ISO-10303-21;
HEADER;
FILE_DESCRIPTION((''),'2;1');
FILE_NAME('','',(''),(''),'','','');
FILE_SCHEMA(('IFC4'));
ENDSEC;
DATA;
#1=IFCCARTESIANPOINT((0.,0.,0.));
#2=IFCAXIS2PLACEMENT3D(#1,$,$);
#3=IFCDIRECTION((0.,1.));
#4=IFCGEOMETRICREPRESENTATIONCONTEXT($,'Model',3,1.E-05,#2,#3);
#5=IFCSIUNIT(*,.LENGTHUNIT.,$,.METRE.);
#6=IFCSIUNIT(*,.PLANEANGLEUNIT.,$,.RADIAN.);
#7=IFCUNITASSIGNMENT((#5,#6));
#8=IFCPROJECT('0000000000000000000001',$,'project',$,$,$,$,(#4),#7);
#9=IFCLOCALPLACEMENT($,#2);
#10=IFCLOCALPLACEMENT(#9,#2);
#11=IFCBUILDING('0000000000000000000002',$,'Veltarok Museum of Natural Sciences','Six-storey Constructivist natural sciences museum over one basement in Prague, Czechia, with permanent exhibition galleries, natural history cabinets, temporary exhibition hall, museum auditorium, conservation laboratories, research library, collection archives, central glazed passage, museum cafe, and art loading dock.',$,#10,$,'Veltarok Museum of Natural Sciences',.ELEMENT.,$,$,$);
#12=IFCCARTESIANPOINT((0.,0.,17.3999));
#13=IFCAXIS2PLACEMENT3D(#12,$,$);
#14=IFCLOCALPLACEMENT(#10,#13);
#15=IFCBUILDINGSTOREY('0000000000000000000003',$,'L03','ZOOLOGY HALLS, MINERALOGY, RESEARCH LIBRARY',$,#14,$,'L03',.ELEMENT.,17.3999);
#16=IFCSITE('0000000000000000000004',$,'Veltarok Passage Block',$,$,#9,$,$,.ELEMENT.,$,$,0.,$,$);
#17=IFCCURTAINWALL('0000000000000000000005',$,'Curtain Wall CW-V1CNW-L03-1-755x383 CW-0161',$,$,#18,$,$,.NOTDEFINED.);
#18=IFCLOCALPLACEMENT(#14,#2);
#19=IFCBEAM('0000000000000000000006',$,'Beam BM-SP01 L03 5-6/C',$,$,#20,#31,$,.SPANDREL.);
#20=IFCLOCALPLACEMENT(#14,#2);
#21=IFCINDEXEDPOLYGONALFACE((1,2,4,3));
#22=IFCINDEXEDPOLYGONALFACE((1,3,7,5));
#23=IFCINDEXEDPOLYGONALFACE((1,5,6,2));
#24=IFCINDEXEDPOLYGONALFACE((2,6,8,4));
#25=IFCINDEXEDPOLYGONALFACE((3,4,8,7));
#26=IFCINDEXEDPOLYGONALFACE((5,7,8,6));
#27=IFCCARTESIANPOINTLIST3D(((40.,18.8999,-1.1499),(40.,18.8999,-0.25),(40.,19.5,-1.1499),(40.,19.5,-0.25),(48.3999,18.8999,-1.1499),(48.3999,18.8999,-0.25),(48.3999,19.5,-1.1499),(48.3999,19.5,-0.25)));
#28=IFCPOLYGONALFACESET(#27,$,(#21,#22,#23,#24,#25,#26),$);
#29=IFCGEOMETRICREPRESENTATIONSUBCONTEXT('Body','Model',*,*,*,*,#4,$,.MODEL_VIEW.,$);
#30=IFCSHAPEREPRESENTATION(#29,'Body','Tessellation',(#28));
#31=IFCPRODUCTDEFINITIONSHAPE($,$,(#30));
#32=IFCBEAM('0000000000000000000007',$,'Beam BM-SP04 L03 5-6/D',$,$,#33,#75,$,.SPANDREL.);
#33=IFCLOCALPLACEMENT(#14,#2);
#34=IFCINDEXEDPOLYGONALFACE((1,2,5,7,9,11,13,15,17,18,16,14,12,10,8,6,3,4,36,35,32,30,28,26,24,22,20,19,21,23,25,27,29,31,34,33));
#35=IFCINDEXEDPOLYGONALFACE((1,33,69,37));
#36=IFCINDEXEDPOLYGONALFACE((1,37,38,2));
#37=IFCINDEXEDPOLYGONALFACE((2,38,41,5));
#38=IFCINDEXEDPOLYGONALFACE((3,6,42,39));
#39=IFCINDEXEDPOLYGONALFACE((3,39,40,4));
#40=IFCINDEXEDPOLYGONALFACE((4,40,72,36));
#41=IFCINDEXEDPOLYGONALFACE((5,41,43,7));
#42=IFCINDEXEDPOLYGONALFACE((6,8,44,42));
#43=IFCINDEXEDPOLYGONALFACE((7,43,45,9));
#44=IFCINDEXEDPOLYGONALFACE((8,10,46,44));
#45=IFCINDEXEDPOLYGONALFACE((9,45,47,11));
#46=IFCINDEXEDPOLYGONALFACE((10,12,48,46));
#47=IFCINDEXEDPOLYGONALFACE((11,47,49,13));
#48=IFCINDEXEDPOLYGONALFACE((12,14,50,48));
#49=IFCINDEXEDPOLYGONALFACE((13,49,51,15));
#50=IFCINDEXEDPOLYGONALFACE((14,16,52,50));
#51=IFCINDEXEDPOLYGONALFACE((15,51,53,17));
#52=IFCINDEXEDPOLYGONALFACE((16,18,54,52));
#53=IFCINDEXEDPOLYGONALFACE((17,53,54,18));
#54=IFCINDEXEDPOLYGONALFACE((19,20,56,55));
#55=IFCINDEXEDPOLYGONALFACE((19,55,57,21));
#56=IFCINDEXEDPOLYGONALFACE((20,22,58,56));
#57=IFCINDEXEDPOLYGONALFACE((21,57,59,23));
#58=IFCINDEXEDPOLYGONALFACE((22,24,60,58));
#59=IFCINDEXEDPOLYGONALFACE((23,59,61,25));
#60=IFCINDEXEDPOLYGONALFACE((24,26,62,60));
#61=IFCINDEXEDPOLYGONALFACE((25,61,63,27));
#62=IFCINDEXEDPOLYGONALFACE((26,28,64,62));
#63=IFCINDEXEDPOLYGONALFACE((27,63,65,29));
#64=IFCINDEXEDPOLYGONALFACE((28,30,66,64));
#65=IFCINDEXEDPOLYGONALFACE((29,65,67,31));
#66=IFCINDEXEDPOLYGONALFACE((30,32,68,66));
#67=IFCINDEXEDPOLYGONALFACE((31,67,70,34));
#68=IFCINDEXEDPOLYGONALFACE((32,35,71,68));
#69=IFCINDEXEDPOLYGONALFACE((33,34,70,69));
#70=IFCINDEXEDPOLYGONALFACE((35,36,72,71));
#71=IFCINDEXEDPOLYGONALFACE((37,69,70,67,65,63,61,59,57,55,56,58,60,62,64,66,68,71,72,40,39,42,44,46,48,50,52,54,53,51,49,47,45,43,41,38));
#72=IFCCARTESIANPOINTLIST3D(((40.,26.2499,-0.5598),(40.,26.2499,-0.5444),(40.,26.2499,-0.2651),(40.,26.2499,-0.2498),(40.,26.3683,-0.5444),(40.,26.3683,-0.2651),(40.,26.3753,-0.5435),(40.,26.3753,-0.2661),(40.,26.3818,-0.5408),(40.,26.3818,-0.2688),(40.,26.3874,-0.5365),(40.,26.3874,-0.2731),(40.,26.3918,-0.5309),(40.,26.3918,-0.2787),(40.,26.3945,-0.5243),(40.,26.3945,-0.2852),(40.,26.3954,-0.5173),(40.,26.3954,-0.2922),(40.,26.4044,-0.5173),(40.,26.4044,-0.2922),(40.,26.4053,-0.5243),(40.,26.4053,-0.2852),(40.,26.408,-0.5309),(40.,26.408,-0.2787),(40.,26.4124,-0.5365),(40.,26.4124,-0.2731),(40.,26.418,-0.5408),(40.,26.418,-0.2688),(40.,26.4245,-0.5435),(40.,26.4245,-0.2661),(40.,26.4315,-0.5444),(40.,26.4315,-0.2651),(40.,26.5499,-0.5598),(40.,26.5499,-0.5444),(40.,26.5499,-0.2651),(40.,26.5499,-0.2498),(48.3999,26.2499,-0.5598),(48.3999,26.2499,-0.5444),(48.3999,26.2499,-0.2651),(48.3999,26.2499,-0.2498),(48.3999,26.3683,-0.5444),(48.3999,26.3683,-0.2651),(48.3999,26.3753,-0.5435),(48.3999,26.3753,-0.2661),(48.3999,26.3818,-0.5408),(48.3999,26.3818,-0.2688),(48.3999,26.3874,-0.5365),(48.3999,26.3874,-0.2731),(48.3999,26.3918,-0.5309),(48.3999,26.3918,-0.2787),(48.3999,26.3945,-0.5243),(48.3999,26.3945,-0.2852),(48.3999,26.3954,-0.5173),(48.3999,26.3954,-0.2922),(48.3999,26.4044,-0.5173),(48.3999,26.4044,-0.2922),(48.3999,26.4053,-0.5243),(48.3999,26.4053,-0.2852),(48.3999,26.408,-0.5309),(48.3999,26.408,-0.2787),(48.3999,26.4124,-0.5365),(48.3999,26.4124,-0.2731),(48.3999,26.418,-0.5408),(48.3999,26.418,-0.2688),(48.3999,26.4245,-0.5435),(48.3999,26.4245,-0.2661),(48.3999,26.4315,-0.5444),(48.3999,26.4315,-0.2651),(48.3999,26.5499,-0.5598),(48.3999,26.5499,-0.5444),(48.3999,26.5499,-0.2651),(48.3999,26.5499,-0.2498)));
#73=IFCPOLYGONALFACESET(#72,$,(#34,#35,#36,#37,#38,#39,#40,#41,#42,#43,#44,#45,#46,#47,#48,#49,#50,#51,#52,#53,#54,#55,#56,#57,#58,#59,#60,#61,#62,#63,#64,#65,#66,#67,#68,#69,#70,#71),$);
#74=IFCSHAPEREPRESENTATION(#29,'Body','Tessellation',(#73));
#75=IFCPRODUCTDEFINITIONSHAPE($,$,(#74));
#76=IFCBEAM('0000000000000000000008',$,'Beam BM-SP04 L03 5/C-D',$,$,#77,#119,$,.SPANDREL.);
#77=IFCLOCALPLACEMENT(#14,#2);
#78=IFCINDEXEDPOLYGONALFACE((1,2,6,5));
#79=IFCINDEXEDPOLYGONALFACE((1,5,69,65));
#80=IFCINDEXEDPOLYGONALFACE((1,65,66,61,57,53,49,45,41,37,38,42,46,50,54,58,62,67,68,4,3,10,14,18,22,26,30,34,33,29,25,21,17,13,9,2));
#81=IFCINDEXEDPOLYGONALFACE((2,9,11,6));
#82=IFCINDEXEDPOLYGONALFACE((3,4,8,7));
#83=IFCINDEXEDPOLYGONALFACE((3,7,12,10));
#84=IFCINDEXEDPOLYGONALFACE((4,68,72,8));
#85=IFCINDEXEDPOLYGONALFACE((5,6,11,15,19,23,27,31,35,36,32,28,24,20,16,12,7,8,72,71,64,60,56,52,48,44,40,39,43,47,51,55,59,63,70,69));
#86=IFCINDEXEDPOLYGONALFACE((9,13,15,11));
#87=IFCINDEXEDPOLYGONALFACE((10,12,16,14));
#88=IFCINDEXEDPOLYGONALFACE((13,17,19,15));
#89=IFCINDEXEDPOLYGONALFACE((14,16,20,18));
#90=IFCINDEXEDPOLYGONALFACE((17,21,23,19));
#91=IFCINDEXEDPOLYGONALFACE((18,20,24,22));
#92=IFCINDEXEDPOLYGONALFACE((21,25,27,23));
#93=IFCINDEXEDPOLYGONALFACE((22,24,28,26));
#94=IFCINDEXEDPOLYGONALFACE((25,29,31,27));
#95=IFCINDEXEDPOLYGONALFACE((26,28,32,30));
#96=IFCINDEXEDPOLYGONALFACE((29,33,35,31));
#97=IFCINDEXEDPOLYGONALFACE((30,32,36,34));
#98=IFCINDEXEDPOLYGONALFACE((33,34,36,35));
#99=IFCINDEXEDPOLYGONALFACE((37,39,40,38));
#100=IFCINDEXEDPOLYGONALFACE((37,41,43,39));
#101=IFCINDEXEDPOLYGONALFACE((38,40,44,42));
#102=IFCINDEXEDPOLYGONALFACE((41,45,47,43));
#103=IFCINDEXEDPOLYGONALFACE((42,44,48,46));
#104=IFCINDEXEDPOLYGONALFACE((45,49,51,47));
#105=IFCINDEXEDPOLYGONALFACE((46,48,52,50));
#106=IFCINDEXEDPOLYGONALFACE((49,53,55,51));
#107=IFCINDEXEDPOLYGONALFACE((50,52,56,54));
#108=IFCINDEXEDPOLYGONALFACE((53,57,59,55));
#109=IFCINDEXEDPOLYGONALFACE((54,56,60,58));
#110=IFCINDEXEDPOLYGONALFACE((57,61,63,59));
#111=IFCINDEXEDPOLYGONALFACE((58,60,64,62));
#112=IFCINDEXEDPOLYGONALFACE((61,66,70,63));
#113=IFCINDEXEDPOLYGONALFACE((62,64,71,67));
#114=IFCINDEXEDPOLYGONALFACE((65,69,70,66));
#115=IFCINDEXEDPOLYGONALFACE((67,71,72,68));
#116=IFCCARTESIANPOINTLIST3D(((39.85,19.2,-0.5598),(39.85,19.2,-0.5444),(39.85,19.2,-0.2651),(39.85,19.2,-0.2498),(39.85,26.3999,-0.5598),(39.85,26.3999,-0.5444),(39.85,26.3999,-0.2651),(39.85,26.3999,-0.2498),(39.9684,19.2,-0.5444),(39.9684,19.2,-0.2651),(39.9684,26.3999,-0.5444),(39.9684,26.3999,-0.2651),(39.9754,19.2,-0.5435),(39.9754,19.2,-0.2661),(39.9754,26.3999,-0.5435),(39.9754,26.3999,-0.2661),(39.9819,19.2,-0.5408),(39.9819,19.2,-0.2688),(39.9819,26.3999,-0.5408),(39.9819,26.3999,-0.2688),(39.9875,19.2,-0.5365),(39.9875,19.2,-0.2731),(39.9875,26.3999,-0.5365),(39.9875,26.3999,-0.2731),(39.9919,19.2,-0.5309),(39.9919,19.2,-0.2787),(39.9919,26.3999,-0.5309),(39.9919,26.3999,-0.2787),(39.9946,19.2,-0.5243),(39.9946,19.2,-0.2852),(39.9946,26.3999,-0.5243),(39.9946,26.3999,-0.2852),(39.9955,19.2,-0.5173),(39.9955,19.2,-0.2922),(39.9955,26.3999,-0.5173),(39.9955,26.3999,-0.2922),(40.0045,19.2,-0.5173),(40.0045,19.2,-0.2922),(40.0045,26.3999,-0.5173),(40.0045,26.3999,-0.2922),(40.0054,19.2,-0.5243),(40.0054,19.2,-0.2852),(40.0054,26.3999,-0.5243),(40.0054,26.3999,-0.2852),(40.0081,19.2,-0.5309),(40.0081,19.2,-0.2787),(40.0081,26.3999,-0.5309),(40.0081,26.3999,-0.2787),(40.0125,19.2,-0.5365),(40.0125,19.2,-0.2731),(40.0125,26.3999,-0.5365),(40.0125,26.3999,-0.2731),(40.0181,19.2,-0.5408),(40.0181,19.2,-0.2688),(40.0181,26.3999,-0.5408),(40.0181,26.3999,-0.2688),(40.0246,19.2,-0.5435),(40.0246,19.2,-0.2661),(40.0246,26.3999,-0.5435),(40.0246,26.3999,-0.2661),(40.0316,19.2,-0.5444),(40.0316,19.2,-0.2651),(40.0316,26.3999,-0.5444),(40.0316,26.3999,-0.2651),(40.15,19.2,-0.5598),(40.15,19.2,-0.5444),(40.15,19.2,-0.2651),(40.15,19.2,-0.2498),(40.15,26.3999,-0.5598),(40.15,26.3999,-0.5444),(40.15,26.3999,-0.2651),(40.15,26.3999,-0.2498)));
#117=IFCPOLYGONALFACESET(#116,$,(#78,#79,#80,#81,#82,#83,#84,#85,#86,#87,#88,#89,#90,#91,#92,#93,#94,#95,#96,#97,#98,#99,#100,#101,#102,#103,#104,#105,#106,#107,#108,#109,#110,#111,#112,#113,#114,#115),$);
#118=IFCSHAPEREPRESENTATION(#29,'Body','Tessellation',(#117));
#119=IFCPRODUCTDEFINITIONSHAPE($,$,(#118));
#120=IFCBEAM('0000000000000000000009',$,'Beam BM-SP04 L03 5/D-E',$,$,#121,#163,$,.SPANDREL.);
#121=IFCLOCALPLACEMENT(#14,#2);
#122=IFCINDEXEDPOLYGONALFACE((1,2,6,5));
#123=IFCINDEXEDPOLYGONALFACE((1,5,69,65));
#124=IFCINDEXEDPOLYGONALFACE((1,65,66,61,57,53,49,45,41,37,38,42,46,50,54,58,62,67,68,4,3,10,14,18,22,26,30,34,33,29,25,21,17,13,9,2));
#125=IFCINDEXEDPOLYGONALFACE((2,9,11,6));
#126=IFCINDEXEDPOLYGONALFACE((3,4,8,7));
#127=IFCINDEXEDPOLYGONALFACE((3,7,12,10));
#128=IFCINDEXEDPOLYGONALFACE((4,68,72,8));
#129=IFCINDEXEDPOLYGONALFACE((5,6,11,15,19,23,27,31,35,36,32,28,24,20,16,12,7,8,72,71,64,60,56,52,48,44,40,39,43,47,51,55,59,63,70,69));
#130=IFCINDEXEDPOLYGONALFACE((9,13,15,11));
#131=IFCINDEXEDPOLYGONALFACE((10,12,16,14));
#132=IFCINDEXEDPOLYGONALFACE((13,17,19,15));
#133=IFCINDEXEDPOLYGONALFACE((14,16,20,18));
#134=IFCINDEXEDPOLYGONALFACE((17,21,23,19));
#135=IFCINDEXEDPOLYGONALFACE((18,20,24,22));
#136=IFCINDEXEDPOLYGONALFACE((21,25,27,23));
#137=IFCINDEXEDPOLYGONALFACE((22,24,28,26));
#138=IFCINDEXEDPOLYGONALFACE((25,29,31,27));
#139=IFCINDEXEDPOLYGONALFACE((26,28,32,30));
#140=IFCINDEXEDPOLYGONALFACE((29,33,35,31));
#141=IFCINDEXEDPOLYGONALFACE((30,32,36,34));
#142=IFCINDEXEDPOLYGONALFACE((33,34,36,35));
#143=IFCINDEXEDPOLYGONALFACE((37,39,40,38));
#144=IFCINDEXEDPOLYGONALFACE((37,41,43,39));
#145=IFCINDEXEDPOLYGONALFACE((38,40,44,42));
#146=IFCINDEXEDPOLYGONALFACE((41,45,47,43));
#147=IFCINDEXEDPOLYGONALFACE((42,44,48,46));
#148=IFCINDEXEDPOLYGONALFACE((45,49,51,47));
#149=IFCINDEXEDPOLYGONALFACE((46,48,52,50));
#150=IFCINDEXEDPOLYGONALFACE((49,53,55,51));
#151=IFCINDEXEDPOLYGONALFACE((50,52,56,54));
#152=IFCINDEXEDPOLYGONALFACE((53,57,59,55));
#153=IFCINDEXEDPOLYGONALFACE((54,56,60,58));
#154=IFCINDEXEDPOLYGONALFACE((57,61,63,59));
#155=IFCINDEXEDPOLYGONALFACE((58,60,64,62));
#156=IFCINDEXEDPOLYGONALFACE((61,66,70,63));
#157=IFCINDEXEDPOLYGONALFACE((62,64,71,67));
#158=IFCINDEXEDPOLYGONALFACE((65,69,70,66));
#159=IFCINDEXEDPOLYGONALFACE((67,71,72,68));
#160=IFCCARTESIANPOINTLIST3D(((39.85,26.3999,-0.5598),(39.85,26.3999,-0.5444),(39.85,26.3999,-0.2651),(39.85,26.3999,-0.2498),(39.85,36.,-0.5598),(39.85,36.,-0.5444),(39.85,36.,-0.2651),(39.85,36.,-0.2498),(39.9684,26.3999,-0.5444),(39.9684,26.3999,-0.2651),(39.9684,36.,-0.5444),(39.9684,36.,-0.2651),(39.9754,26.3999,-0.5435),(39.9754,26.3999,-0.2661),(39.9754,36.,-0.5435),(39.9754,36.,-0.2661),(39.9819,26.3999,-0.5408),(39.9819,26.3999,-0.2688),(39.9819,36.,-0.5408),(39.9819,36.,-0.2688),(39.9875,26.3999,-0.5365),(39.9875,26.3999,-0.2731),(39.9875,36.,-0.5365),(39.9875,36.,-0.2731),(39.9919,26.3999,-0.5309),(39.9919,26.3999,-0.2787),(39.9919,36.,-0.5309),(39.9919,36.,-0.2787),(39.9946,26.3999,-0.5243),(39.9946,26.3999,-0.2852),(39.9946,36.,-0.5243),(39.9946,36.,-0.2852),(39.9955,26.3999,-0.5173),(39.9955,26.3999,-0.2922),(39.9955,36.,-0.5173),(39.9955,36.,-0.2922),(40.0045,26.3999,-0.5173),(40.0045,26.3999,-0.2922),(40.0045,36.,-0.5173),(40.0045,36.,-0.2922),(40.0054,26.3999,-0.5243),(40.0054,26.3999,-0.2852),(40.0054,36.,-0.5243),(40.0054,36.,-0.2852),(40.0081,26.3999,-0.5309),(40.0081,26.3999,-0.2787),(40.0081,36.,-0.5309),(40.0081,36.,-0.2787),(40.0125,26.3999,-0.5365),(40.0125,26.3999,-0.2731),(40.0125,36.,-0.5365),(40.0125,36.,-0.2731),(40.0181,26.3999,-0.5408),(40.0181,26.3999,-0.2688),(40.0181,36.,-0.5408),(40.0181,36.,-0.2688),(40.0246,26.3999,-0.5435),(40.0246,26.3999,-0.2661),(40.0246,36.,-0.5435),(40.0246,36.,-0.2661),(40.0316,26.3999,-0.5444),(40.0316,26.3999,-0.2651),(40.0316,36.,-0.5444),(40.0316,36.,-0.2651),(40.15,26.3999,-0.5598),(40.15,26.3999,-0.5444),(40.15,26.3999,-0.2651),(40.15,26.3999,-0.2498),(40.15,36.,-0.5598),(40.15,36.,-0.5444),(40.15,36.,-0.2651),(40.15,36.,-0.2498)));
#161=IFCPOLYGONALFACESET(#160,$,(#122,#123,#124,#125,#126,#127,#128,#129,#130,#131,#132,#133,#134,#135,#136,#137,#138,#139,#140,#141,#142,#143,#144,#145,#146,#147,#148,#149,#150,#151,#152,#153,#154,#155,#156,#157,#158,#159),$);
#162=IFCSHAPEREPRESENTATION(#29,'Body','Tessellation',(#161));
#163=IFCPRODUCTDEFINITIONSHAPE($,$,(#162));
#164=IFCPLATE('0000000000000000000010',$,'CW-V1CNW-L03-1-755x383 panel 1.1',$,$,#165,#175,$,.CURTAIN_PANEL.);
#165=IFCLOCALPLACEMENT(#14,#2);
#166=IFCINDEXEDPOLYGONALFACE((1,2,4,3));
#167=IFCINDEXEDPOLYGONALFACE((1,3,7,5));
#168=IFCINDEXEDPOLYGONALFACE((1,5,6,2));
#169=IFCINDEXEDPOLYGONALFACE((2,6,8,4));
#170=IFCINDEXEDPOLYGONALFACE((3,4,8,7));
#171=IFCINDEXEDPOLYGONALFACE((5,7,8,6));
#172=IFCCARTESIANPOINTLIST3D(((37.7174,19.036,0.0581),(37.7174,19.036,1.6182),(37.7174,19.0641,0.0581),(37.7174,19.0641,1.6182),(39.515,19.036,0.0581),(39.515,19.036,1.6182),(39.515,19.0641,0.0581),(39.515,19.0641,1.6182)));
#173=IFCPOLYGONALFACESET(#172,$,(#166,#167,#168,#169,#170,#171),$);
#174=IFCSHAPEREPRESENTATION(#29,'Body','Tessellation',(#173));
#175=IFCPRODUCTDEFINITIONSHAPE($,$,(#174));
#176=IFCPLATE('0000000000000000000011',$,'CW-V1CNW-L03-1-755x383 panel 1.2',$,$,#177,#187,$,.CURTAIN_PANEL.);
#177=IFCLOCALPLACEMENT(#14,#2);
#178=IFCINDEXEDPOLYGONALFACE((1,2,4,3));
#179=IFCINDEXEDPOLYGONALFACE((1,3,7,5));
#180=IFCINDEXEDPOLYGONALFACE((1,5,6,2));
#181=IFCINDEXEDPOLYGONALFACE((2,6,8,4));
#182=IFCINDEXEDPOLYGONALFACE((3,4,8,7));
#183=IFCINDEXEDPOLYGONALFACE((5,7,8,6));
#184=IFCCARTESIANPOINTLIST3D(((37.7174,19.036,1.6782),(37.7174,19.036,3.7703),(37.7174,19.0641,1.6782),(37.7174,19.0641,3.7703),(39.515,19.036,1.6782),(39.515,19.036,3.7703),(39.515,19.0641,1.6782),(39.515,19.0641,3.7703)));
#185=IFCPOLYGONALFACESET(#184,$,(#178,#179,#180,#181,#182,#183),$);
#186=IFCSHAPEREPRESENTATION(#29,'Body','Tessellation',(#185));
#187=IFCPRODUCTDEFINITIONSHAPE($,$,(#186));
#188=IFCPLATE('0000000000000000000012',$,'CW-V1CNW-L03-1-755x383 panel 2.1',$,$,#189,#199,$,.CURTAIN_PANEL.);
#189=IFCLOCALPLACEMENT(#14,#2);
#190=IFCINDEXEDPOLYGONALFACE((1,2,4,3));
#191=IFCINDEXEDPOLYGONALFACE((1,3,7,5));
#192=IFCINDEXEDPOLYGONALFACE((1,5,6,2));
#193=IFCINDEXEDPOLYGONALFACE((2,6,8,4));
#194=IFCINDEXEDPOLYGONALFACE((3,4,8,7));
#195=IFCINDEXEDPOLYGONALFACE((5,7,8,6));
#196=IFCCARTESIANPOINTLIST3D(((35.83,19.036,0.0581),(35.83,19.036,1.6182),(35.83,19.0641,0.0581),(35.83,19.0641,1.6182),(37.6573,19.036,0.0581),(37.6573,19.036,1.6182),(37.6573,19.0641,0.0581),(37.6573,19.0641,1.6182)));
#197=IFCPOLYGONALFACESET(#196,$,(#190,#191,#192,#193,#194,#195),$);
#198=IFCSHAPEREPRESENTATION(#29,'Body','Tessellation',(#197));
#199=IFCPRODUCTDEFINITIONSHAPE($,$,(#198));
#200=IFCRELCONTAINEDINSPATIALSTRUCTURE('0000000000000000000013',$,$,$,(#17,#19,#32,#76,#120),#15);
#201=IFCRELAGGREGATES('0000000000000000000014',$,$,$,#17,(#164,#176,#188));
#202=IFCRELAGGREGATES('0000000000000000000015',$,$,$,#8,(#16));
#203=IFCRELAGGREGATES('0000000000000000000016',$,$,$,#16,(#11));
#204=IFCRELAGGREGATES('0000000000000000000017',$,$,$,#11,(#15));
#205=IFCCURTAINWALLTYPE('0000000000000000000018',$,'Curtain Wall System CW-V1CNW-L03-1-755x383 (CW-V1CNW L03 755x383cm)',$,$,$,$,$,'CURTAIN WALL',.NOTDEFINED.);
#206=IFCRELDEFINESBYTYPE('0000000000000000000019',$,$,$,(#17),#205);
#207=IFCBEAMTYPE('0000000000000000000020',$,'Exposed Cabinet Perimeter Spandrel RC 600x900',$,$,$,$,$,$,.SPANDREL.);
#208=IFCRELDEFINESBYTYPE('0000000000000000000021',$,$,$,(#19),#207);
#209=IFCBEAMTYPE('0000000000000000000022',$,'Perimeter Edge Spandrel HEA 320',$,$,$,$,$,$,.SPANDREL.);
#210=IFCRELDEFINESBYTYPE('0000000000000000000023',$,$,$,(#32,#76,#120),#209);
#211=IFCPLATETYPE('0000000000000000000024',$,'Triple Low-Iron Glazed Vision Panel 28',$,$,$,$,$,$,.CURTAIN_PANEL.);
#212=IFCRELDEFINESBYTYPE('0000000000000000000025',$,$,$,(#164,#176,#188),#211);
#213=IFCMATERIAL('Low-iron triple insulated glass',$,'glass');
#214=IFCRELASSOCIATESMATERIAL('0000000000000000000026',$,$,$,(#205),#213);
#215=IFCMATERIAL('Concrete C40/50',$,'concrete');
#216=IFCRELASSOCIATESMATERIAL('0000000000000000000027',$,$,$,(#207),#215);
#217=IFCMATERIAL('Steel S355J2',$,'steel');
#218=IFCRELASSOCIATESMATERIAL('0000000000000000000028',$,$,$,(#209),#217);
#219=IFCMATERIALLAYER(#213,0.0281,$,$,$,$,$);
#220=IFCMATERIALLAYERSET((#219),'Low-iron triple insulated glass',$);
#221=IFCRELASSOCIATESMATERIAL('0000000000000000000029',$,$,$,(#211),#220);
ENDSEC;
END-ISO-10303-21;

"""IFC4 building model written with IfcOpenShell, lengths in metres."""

from ifc_helpers import new_model, si_unit, direction, frame, origin, origin_2d, place, context, subcontext, project, spatial, rectangle, i_section, extrude, material, layer, layer_set, material_profile, profile_set, type_object, element, aggregate, save


model = new_model("IFC4")

# Units and contexts
model_context = context("Model", 3, precision=1e-05, world=origin(), true_north=direction((0.0, 1.0)))
body_context = subcontext(model_context, "Body", "Model", "MODEL_VIEW")
ifc_project = project(units=[si_unit("LENGTHUNIT", "METRE"), si_unit("PLANEANGLEUNIT", "RADIAN")], contexts=[model_context])

# Site, building, storey
site_placement = place(None, origin())
site = spatial("IfcSite", under=ifc_project, at=site_placement, Name="Veltarok Passage Block", CompositionType="ELEMENT", RefElevation=0.0)
building_placement = place(site_placement, origin())
building = spatial("IfcBuilding", under=site, at=building_placement, Name="Veltarok Museum of Natural Sciences", Description="Six-storey Constructivist natural sciences museum over one basement in Prague, Czechia, with permanent exhibition galleries, natural history cabinets, temporary exhibition hall, museum auditorium, conservation laboratories, research library, collection archives, central glazed passage, museum cafe, and art loading dock.", LongName="Veltarok Museum of Natural Sciences", CompositionType="ELEMENT")
storey_placement = place(building_placement, frame((0.0, 0.0, 17.3999)))
storey = spatial("IfcBuildingStorey", under=building, at=storey_placement, Name="L03", Description="ZOOLOGY HALLS, MINERALOGY, RESEARCH LIBRARY", LongName="L03", CompositionType="ELEMENT", Elevation=17.3999)

# Shared definitions
ifc_material_1 = material(Name="Concrete C40/50", Category="concrete")
ifc_material_2 = material(Name="Steel S355J2", Category="steel")

# Shared definitions
ifc_material_3 = material(Name="Low-iron triple insulated glass", Category="glass")

# Curtain wall
curtain_wall_type_1 = type_object("IfcCurtainWallType", Name="Curtain Wall System CW-V1CNW-L03-1-755x383 (CW-V1CNW L03 755x383cm)", ElementType="CURTAIN WALL", PredefinedType="NOTDEFINED", material=ifc_material_3)
curtain_wall_1_placement = place(storey_placement, origin())
curtain_wall_1 = element("IfcCurtainWall", 1, at=curtain_wall_1_placement, inside=storey, type_object=curtain_wall_type_1, Name="Curtain Wall CW-V1CNW-L03-1-755x383 CW-0161", PredefinedType="NOTDEFINED")

# Beams
ifc_material_profile_1 = material_profile(ifc_material_1, rectangle(XDim=0.6001, YDim=0.8999, at=origin_2d()), Name="RC 600x900")
ifc_profile_set_1 = profile_set([ifc_material_profile_1], Name="Concrete C40/50")
beam_type_1 = type_object("IfcBeamType", Name="Exposed Cabinet Perimeter Spandrel RC 600x900", PredefinedType="SPANDREL", material=ifc_profile_set_1)
beam_1_placement = place(storey_placement, frame((40.0, 19.2, -0.7), z_axis=(1.0, 0.0, 0.0), x_axis=(0.0, 1.0, 0.0)))
element("IfcBeam", 2, at=beam_1_placement, inside=storey, type_object=beam_type_1, Name="Beam BM-SP01 L03 5-6/C", PredefinedType="SPANDREL", context=body_context, shape_type="SweptSolid", body=[
    extrude(rectangle(XDim=0.6001, YDim=0.8999, at=origin_2d()), origin(), (0.0, 0.0, 1.0), 8.3999),
])
ifc_material_profile_2 = material_profile(ifc_material_2, i_section(OverallWidth=0.3, OverallDepth=0.3101, WebThickness=0.009, FlangeThickness=0.0154, FilletRadius=0.0271, at=origin_2d()), Name="HEA 320")
ifc_profile_set_2 = profile_set([ifc_material_profile_2], Name="Steel S355J2")
beam_type_2 = type_object("IfcBeamType", Name="Perimeter Edge Spandrel HEA 320", PredefinedType="SPANDREL", material=ifc_profile_set_2)
beam_2_placement = place(storey_placement, frame((40.0, 26.3999, -0.4048), z_axis=(1.0, 0.0, 0.0), x_axis=(0.0, 1.0, 0.0)))
element("IfcBeam", 3, at=beam_2_placement, inside=storey, type_object=beam_type_2, Name="Beam BM-SP04 L03 5-6/D", PredefinedType="SPANDREL", context=body_context, shape_type="SweptSolid", body=[
    extrude(i_section(OverallWidth=0.3, OverallDepth=0.3101, WebThickness=0.009, FlangeThickness=0.0154, FilletRadius=0.0271, at=origin_2d()), origin(), (0.0, 0.0, 1.0), 8.3999),
])
beam_3_placement = place(storey_placement, frame((40.0, 19.2, -0.4048), z_axis=(0.0, 1.0, 0.0), x_axis=(-1.0, 0.0, 0.0)))
element("IfcBeam", 4, at=beam_3_placement, inside=storey, type_object=beam_type_2, Name="Beam BM-SP04 L03 5/C-D", PredefinedType="SPANDREL", context=body_context, shape_type="SweptSolid", body=[
    extrude(i_section(OverallWidth=0.3, OverallDepth=0.3101, WebThickness=0.009, FlangeThickness=0.0154, FilletRadius=0.0271, at=origin_2d()), origin(), (0.0, 0.0, 1.0), 7.2),
])
beam_4_placement = place(storey_placement, frame((40.0, 26.3999, -0.4048), z_axis=(0.0, 1.0, 0.0), x_axis=(-1.0, 0.0, 0.0)))
element("IfcBeam", 5, at=beam_4_placement, inside=storey, type_object=beam_type_2, Name="Beam BM-SP04 L03 5/D-E", PredefinedType="SPANDREL", context=body_context, shape_type="SweptSolid", body=[
    extrude(i_section(OverallWidth=0.3, OverallDepth=0.3101, WebThickness=0.009, FlangeThickness=0.0154, FilletRadius=0.0271, at=origin_2d()), origin(), (0.0, 0.0, 1.0), 9.6001),
])

# Plates
ifc_layer_1 = layer(ifc_material_3, 0.0281)
ifc_layer_set_1 = layer_set([ifc_layer_1], Name="Low-iron triple insulated glass")
plate_type = type_object("IfcPlateType", Name="Triple Low-Iron Glazed Vision Panel 28", PredefinedType="CURTAIN_PANEL", material=ifc_layer_set_1)
plate_1_placement = place(storey_placement, frame((38.6162, 19.05, 0.0581), z_axis=(0.0, 0.0, 1.0), x_axis=(-1.0, 0.0, 0.0)))
plate_1 = element("IfcPlate", 6, at=plate_1_placement, type_object=plate_type, Name="CW-V1CNW-L03-1-755x383 panel 1.1", PredefinedType="CURTAIN_PANEL", context=body_context, shape_type="SweptSolid", body=[
    extrude(rectangle(XDim=1.7976, YDim=0.0281, at=origin_2d()), origin(), (0.0, 0.0, 1.0), 1.5601),
])
plate_2_placement = place(storey_placement, frame((38.6162, 19.05, 1.6782), z_axis=(0.0, 0.0, 1.0), x_axis=(-1.0, 0.0, 0.0)))
plate_2 = element("IfcPlate", 7, at=plate_2_placement, type_object=plate_type, Name="CW-V1CNW-L03-1-755x383 panel 1.2", PredefinedType="CURTAIN_PANEL", context=body_context, shape_type="SweptSolid", body=[
    extrude(rectangle(XDim=1.7976, YDim=0.0281, at=origin_2d()), origin(), (0.0, 0.0, 1.0), 2.092),
])
plate_3_placement = place(storey_placement, frame((36.7437, 19.05, 0.0581), z_axis=(0.0, 0.0, 1.0), x_axis=(-1.0, 0.0, 0.0)))
plate_3 = element("IfcPlate", 8, at=plate_3_placement, type_object=plate_type, Name="CW-V1CNW-L03-1-755x383 panel 2.1", PredefinedType="CURTAIN_PANEL", context=body_context, shape_type="SweptSolid", body=[
    extrude(rectangle(XDim=1.8274, YDim=0.0281, at=origin_2d()), origin(), (0.0, 0.0, 1.0), 1.5601),
])
aggregate(curtain_wall_1, [plate_1, plate_2, plate_3])

save(model, "model.ifc")
